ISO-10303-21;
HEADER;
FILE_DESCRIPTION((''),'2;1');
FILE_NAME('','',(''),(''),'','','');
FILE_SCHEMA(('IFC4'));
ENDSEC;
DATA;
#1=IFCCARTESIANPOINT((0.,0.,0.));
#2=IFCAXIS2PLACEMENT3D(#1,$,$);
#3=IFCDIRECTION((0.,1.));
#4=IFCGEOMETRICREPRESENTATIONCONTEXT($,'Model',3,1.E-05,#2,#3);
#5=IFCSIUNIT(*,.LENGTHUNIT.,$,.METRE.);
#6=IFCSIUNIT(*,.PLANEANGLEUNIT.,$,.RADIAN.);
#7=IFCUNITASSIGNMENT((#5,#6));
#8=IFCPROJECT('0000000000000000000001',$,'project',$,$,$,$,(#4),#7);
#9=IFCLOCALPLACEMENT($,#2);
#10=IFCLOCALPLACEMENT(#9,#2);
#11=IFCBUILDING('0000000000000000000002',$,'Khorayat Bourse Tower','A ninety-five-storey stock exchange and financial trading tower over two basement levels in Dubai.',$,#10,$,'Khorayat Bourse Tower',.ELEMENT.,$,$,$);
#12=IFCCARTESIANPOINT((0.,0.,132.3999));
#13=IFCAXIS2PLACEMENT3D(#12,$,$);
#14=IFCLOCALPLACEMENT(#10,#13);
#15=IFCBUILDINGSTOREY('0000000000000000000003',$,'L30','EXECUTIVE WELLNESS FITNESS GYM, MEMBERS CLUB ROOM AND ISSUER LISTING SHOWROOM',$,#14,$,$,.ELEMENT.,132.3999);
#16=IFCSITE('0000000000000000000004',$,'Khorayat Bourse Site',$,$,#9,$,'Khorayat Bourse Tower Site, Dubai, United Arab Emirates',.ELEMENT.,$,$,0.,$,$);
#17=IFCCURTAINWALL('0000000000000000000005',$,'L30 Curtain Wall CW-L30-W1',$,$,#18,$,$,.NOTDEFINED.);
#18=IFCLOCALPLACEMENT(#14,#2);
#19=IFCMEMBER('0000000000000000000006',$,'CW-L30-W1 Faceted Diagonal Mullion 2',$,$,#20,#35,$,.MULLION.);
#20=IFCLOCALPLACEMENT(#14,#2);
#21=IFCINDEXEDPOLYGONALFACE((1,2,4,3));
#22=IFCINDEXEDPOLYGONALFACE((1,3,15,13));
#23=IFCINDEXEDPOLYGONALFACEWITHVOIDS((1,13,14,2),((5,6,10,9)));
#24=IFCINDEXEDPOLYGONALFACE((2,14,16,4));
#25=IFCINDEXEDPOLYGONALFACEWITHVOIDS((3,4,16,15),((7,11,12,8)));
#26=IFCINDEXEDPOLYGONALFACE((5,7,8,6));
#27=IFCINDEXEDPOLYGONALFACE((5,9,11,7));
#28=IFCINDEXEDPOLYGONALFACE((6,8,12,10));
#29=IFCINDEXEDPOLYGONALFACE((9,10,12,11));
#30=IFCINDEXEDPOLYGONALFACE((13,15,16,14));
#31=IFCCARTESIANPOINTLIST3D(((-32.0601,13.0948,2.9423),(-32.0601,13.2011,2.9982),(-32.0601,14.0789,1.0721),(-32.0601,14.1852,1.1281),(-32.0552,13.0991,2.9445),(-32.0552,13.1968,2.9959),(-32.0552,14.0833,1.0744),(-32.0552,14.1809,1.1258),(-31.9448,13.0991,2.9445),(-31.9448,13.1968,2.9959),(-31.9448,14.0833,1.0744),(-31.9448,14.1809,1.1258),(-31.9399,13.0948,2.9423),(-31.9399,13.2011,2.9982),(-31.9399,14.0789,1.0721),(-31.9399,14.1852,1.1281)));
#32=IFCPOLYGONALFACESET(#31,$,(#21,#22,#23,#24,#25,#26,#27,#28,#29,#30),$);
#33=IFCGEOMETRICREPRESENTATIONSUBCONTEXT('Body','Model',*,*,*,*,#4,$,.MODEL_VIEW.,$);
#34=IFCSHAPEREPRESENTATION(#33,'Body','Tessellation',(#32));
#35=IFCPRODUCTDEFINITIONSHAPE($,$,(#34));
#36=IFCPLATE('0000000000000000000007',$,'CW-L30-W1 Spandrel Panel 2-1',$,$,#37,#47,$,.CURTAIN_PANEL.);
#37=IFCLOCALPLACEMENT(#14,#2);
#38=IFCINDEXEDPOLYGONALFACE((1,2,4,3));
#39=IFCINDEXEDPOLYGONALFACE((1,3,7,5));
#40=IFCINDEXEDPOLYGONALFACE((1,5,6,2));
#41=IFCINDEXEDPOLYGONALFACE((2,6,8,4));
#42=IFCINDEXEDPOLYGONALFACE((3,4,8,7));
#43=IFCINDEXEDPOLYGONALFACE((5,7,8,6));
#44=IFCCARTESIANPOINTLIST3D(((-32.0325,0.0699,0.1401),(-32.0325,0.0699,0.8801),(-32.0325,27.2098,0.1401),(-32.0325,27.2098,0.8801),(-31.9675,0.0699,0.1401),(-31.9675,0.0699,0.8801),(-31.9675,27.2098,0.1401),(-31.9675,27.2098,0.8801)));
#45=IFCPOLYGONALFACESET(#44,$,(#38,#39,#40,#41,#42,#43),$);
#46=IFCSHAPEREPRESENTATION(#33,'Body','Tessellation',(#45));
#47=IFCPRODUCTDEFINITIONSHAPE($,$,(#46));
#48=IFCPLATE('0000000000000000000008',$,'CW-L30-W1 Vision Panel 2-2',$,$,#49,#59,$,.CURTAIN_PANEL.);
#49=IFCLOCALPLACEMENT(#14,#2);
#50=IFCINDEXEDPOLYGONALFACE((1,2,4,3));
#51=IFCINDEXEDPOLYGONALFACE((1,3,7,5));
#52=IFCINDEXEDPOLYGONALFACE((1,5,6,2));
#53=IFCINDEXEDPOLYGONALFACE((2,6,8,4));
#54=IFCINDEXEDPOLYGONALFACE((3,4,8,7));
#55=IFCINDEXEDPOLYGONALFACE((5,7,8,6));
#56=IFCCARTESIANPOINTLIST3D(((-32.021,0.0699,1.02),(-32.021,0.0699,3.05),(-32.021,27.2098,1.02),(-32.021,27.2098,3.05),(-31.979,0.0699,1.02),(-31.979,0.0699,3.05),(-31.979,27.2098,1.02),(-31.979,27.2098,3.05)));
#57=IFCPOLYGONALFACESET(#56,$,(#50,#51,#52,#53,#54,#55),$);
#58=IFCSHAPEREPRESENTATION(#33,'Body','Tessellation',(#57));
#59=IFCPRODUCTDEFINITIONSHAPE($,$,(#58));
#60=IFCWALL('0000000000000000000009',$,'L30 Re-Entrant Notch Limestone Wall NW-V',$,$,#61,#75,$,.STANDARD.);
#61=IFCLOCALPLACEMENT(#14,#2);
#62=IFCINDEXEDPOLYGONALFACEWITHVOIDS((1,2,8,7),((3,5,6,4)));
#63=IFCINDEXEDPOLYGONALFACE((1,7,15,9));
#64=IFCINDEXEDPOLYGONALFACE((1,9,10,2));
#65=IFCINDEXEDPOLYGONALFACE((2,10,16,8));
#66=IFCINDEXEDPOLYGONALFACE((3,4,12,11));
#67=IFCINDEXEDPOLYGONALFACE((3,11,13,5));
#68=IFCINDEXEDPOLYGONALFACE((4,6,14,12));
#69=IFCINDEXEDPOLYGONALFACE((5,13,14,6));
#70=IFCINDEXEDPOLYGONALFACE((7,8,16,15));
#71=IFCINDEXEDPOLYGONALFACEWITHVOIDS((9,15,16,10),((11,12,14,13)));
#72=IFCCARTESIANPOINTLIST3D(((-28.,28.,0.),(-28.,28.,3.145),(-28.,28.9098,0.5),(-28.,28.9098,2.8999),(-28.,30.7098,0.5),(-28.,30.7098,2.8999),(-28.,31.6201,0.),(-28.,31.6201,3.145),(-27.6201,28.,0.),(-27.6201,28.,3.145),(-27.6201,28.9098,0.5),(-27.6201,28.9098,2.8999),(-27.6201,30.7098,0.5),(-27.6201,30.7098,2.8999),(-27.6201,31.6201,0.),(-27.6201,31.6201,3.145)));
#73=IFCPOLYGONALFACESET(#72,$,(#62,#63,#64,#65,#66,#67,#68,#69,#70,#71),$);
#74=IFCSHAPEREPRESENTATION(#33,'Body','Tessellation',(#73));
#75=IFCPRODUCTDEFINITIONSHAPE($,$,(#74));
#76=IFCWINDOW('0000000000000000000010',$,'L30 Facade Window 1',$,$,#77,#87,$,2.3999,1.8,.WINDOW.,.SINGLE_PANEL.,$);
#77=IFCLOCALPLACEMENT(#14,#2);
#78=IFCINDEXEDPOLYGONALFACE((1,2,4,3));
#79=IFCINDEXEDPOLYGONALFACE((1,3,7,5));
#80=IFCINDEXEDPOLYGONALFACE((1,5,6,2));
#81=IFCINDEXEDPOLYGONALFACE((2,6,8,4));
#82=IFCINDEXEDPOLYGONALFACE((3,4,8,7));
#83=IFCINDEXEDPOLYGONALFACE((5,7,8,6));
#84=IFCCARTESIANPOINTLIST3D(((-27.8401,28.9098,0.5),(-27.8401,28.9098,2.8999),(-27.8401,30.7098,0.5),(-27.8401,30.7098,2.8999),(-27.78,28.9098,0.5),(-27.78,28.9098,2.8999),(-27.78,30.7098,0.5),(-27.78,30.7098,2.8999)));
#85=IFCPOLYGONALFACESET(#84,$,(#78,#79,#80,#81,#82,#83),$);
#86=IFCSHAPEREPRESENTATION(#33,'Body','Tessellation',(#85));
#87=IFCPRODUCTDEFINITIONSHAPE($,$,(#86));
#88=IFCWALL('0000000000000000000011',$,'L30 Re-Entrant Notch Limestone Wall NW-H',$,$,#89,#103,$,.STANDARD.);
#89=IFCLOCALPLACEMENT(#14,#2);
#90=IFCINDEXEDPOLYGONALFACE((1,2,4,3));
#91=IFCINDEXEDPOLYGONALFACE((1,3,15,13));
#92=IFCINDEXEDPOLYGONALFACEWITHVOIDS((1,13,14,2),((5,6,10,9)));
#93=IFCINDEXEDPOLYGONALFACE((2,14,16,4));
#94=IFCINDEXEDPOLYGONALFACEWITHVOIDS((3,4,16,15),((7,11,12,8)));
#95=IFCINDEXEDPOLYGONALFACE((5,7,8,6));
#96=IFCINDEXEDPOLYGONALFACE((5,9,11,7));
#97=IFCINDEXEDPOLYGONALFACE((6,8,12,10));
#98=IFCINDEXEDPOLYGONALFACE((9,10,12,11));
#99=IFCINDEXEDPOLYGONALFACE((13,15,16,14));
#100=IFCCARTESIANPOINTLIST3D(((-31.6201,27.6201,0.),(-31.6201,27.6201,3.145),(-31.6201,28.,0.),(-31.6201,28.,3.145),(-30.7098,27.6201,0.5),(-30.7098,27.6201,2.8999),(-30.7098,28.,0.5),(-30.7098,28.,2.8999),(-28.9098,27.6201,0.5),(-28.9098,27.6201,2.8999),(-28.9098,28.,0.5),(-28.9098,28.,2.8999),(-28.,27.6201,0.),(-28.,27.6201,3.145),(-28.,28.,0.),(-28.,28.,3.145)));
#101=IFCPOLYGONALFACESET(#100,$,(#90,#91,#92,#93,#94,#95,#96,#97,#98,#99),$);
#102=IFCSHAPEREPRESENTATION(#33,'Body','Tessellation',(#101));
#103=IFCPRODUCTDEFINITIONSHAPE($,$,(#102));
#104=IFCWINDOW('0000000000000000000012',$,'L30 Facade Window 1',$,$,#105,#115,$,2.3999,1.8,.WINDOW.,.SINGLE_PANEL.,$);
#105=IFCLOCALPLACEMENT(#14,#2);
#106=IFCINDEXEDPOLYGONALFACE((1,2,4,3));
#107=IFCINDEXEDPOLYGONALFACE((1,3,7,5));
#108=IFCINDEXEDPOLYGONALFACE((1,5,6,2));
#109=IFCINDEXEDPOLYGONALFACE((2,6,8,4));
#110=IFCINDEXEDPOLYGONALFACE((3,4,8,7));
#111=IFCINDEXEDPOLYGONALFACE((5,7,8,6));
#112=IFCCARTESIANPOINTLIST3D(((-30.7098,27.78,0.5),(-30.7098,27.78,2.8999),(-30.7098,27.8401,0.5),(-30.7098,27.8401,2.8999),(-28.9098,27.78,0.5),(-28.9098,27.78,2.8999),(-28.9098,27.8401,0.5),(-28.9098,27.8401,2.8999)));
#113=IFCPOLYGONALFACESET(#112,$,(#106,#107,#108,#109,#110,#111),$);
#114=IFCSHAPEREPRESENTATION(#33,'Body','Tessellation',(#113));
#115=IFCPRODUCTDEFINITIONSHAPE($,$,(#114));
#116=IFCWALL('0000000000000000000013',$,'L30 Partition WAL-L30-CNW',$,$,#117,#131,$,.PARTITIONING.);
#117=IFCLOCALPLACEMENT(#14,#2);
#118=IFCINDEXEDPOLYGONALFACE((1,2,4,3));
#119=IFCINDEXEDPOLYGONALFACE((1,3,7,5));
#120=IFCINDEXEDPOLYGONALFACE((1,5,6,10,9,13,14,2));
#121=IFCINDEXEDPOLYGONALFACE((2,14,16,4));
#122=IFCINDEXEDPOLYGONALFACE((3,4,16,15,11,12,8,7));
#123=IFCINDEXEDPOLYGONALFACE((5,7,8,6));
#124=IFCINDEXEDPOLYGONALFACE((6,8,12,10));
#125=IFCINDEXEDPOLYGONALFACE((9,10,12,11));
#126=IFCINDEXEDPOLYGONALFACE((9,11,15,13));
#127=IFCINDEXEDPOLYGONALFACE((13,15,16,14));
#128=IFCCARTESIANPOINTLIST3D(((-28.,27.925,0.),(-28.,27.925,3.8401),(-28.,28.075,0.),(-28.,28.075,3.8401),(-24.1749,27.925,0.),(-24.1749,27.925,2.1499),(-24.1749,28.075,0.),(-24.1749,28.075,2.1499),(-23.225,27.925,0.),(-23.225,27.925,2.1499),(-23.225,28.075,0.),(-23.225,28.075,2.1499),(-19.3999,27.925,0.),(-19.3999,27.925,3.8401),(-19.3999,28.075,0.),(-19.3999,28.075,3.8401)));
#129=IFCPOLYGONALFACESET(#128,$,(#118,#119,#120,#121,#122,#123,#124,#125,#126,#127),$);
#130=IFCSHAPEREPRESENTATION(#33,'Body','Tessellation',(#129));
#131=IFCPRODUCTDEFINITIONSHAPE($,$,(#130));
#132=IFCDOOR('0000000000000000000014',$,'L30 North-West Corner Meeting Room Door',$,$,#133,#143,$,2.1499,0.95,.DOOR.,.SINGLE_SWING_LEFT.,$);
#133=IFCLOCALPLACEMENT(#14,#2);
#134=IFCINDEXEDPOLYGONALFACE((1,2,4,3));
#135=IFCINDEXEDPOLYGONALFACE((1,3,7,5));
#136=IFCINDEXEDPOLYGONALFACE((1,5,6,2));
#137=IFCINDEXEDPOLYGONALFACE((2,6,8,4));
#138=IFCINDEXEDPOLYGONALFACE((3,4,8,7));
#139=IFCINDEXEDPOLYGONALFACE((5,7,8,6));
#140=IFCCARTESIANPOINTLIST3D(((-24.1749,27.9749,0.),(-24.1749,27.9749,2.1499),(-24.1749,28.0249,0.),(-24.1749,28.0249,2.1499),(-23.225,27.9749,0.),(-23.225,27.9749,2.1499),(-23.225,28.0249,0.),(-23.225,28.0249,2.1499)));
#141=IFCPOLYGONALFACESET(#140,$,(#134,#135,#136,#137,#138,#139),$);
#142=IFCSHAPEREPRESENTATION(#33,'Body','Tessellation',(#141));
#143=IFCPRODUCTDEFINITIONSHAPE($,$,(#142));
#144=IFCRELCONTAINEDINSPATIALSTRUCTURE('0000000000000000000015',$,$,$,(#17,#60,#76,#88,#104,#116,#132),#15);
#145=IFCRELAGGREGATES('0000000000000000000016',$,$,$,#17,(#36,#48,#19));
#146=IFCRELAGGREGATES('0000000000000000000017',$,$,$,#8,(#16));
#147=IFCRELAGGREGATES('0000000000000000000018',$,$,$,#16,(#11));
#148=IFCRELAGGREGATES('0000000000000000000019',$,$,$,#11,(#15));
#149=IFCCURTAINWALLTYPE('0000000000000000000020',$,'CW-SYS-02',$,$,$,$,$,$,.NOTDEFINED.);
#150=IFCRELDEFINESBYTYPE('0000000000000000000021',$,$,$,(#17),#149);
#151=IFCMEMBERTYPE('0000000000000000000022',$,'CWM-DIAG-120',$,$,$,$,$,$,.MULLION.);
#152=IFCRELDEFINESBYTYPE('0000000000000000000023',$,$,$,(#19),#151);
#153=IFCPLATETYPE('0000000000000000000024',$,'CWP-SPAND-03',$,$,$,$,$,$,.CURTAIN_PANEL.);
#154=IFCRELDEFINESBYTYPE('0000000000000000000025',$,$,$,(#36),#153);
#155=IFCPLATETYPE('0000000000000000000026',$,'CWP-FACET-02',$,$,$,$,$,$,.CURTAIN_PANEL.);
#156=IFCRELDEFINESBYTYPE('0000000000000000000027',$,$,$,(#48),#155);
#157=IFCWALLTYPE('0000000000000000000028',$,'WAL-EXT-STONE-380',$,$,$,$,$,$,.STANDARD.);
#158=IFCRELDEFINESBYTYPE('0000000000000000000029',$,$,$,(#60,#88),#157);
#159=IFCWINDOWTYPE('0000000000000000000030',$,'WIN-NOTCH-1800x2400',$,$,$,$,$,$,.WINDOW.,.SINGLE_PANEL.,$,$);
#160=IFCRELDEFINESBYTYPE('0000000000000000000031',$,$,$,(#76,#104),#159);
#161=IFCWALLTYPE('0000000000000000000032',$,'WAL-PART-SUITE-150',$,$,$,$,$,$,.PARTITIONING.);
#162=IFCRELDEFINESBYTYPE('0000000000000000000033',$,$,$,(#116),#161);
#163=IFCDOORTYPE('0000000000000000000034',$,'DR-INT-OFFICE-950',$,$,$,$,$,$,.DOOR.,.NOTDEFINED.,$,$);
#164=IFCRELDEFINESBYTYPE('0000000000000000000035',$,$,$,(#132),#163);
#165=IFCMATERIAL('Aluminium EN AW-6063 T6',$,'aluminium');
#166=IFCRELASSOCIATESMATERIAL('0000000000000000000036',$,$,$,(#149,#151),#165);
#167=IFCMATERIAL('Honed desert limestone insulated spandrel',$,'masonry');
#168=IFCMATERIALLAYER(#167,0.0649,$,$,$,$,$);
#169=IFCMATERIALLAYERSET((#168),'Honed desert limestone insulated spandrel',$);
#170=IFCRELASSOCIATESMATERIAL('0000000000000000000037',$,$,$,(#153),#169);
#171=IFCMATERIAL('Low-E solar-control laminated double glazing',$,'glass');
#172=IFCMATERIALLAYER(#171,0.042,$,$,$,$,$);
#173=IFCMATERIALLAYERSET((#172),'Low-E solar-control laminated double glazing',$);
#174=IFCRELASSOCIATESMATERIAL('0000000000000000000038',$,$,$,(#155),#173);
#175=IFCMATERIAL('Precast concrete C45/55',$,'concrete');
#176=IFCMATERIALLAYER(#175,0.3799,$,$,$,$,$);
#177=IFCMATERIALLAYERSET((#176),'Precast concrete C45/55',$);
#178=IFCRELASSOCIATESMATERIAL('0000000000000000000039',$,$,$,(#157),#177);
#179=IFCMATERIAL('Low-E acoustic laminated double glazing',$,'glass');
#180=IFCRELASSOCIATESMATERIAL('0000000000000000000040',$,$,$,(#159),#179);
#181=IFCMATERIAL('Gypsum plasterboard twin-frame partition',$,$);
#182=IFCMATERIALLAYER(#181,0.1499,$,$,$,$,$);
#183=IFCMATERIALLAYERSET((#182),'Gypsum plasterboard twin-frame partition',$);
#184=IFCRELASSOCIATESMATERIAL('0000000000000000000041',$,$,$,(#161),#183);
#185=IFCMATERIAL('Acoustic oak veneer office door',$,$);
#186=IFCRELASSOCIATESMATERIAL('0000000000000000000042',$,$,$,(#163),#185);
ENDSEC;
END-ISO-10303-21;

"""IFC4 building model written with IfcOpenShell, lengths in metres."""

from ifc_helpers import new_model, si_unit, direction, frame, frame_2d, origin, origin_2d, place, context, subcontext, project, spatial, rectangle, hollow_rectangle, extrude, source, transform, mapped, material, layer, layer_set, material_profile, profile_set, type_object, element, fill, aggregate, save


model = new_model("IFC4")

# Units and contexts
model_context = context("Model", 3, precision=1e-05, world=origin(), true_north=direction((0.0, 1.0)))
body_context = subcontext(model_context, "Body", "Model", "MODEL_VIEW")
ifc_project = project(units=[si_unit("LENGTHUNIT", "METRE"), si_unit("PLANEANGLEUNIT", "RADIAN")], contexts=[model_context])

# Site, building, storey
site_placement = place(None, origin())
site = spatial("IfcSite", under=ifc_project, at=site_placement, Name="Khorayat Bourse Site", LongName="Khorayat Bourse Tower Site, Dubai, United Arab Emirates", CompositionType="ELEMENT", RefElevation=0.0)
building_placement = place(site_placement, origin())
building = spatial("IfcBuilding", under=site, at=building_placement, Name="Khorayat Bourse Tower", Description="A ninety-five-storey stock exchange and financial trading tower over two basement levels in Dubai.", LongName="Khorayat Bourse Tower", CompositionType="ELEMENT")
storey_placement = place(building_placement, frame((0.0, 0.0, 132.3999)))
storey = spatial("IfcBuildingStorey", under=building, at=storey_placement, Name="L30", Description="EXECUTIVE WELLNESS FITNESS GYM, MEMBERS CLUB ROOM AND ISSUER LISTING SHOWROOM", CompositionType="ELEMENT", Elevation=132.3999)

# Curtain wall
ifc_material_1 = material(Name="Aluminium EN AW-6063 T6", Category="aluminium")
curtain_wall_type = type_object("IfcCurtainWallType", Name="CW-SYS-02", PredefinedType="NOTDEFINED", material=ifc_material_1)
curtain_wall_1_placement = place(storey_placement, origin())
curtain_wall_1 = element("IfcCurtainWall", 1, at=curtain_wall_1_placement, inside=storey, type_object=curtain_wall_type, Name="L30 Curtain Wall CW-L30-W1", PredefinedType="NOTDEFINED")

# Member
ifc_material_profile_1 = material_profile(ifc_material_1, hollow_rectangle(XDim=0.1201, YDim=0.1201, WallThickness=0.0049, at=origin_2d()), Name="ALU 120x120x5")
ifc_profile_set_1 = profile_set([ifc_material_profile_1], Name="Aluminium EN AW-6063 T6")
member_type_1 = type_object("IfcMemberType", Name="CWM-DIAG-120", PredefinedType="MULLION", material=ifc_profile_set_1)
shared_shape_1 = source(origin(), body_context, "Body", "SweptSolid", [
    extrude(hollow_rectangle(XDim=0.1201, YDim=0.1201, WallThickness=0.0049, at=origin_2d()), origin(), (0.0, 0.0, 1.0), 2.1133),
])
member_1_placement = place(storey_placement, frame((-32.0, 14.1321, 1.1001), z_axis=(0.0, -0.465694, 0.884946), x_axis=(1.0, 0.0, 0.0)))
member_1 = element("IfcMember", 2, at=member_1_placement, type_object=member_type_1, Name="CW-L30-W1 Faceted Diagonal Mullion 2", PredefinedType="MULLION", context=body_context, shape_type="MappedRepresentation", body=[
    mapped(shared_shape_1, transform((0.0, 0.0, 0.0), scale=1.0)),
])

# Plates
ifc_material_2 = material(Name="Honed desert limestone insulated spandrel", Category="masonry")
ifc_layer_1 = layer(ifc_material_2, 0.0649)
ifc_layer_set_1 = layer_set([ifc_layer_1], Name="Honed desert limestone insulated spandrel")
plate_type_1 = type_object("IfcPlateType", Name="CWP-SPAND-03", PredefinedType="CURTAIN_PANEL", material=ifc_layer_set_1)
shared_shape_2 = source(origin(), body_context, "Body", "SweptSolid", [
    extrude(rectangle(XDim=27.1399, YDim=0.0649, at=origin_2d()), origin(), (0.0, 0.0, 1.0), 0.74),
])
plate_1_placement = place(storey_placement, frame((-32.0, 13.6399, 0.1401), z_axis=(0.0, 0.0, 1.0), x_axis=(0.0, 1.0, 0.0)))
plate_1 = element("IfcPlate", 3, at=plate_1_placement, type_object=plate_type_1, Name="CW-L30-W1 Spandrel Panel 2-1", PredefinedType="CURTAIN_PANEL", context=body_context, shape_type="MappedRepresentation", body=[
    mapped(shared_shape_2, transform((0.0, 0.0, 0.0), scale=1.0)),
])
ifc_material_3 = material(Name="Low-E solar-control laminated double glazing", Category="glass")
ifc_layer_2 = layer(ifc_material_3, 0.042)
ifc_layer_set_2 = layer_set([ifc_layer_2], Name="Low-E solar-control laminated double glazing")
plate_type_2 = type_object("IfcPlateType", Name="CWP-FACET-02", PredefinedType="CURTAIN_PANEL", material=ifc_layer_set_2)
shared_shape_3 = source(origin(), body_context, "Body", "SweptSolid", [
    extrude(rectangle(XDim=27.1399, YDim=0.042, at=origin_2d()), origin(), (0.0, 0.0, 1.0), 2.03),
])
plate_2_placement = place(storey_placement, frame((-32.0, 13.6399, 1.02), z_axis=(0.0, 0.0, 1.0), x_axis=(0.0, 1.0, 0.0)))
plate_2 = element("IfcPlate", 4, at=plate_2_placement, type_object=plate_type_2, Name="CW-L30-W1 Vision Panel 2-2", PredefinedType="CURTAIN_PANEL", context=body_context, shape_type="MappedRepresentation", body=[
    mapped(shared_shape_3, transform((0.0, 0.0, 0.0), scale=1.0)),
])
aggregate(curtain_wall_1, [plate_1, plate_2, member_1])

# Walls, openings, windows
ifc_material_4 = material(Name="Precast concrete C45/55", Category="concrete")
ifc_layer_3 = layer(ifc_material_4, 0.3799)
ifc_layer_set_3 = layer_set([ifc_layer_3], Name="Precast concrete C45/55")
wall_type_1 = type_object("IfcWallType", Name="WAL-EXT-STONE-380", PredefinedType="STANDARD", material=ifc_layer_set_3)
shared_shape_4 = source(origin(), body_context, "Body", "SweptSolid", [
    extrude(rectangle(XDim=3.6201, YDim=0.3799, at=frame_2d((1.8101, 0.0))), origin(), (0.0, 0.0, 1.0), 3.145),
])
wall_1_placement = place(storey_placement, frame((-27.8101, 28.0, 0.0), z_axis=(0.0, 0.0, 1.0), x_axis=(0.0, 1.0, 0.0)))
wall_1 = element("IfcWall", 5, at=wall_1_placement, inside=storey, type_object=wall_type_1, Name="L30 Re-Entrant Notch Limestone Wall NW-V", PredefinedType="STANDARD", context=body_context, shape_type="MappedRepresentation", body=[
    mapped(shared_shape_4, transform((0.0, 0.0, 0.0), scale=1.0)),
])
shared_shape_5 = source(origin(), body_context, "Body", "SweptSolid", [
    extrude(rectangle(XDim=1.8, YDim=2.3999, at=frame_2d((0.8999, 1.2))), frame((0.0, 0.2, 0.0), z_axis=(0.0, -1.0, 0.0), x_axis=(1.0, 0.0, 0.0)), (0.0, 0.0, 1.0), 0.3999),
])
opening_1_placement = place(wall_1_placement, frame((0.9099, 0.0, 0.5)))
opening_1 = element("IfcOpeningElement", 6, at=opening_1_placement, cuts=wall_1, PredefinedType="OPENING", context=body_context, shape_type="MappedRepresentation", body=[
    mapped(shared_shape_5, transform((0.0, 0.0, 0.0), scale=1.0)),
])
ifc_material_5 = material(Name="Low-E acoustic laminated double glazing", Category="glass")
window_type = type_object("IfcWindowType", Name="WIN-NOTCH-1800x2400", PartitioningType="SINGLE_PANEL", PredefinedType="WINDOW", material=ifc_material_5)
shared_shape_6 = source(origin(), body_context, "Body", "SweptSolid", [
    extrude(rectangle(XDim=1.8, YDim=2.3999, at=frame_2d((0.8999, 1.2))), frame((0.0, 0.03, 0.0), z_axis=(0.0, -1.0, 0.0), x_axis=(1.0, 0.0, 0.0)), (0.0, 0.0, 1.0), 0.0601),
])
window_1_placement = place(opening_1_placement, origin())
window_1 = element("IfcWindow", 7, at=window_1_placement, inside=storey, type_object=window_type, Name="L30 Facade Window 1", OverallHeight=2.3999, OverallWidth=1.8, PartitioningType="SINGLE_PANEL", PredefinedType="WINDOW", context=body_context, shape_type="MappedRepresentation", body=[
    mapped(shared_shape_6, transform((0.0, 0.0, 0.0), scale=1.0)),
])
fill(opening_1, window_1)
wall_2_placement = place(storey_placement, frame((-28.0, 27.8101, 0.0), z_axis=(0.0, 0.0, 1.0), x_axis=(-1.0, 0.0, 0.0)))
wall_2 = element("IfcWall", 8, at=wall_2_placement, inside=storey, type_object=wall_type_1, Name="L30 Re-Entrant Notch Limestone Wall NW-H", PredefinedType="STANDARD", context=body_context, shape_type="MappedRepresentation", body=[
    mapped(shared_shape_4, transform((0.0, 0.0, 0.0), scale=1.0)),
])
opening_2_placement = place(wall_2_placement, frame((0.9099, 0.0, 0.5)))
opening_2 = element("IfcOpeningElement", 9, at=opening_2_placement, cuts=wall_2, PredefinedType="OPENING", context=body_context, shape_type="MappedRepresentation", body=[
    mapped(shared_shape_5, transform((0.0, 0.0, 0.0), scale=1.0)),
])
window_2_placement = place(opening_2_placement, origin())
window_2 = element("IfcWindow", 10, at=window_2_placement, inside=storey, type_object=window_type, Name="L30 Facade Window 1", OverallHeight=2.3999, OverallWidth=1.8, PartitioningType="SINGLE_PANEL", PredefinedType="WINDOW", context=body_context, shape_type="MappedRepresentation", body=[
    mapped(shared_shape_6, transform((0.0, 0.0, 0.0), scale=1.0)),
])
fill(opening_2, window_2)

# Wall, opening, door
ifc_material_6 = material(Name="Gypsum plasterboard twin-frame partition")
ifc_layer_4 = layer(ifc_material_6, 0.1499)
ifc_layer_set_4 = layer_set([ifc_layer_4], Name="Gypsum plasterboard twin-frame partition")
wall_type_2 = type_object("IfcWallType", Name="WAL-PART-SUITE-150", PredefinedType="PARTITIONING", material=ifc_layer_set_4)
shared_shape_7 = source(origin(), body_context, "Body", "SweptSolid", [
    extrude(rectangle(XDim=8.6001, YDim=0.1499, at=frame_2d((4.3, 0.0))), origin(), (0.0, 0.0, 1.0), 3.8401),
])
wall_3_placement = place(storey_placement, frame((-28.0, 28.0, 0.0), z_axis=(0.0, 0.0, 1.0), x_axis=(1.0, 0.0, 0.0)))
wall_3 = element("IfcWall", 11, at=wall_3_placement, inside=storey, type_object=wall_type_2, Name="L30 Partition WAL-L30-CNW", PredefinedType="PARTITIONING", context=body_context, shape_type="MappedRepresentation", body=[
    mapped(shared_shape_7, transform((0.0, 0.0, 0.0), scale=1.0)),
])
shared_shape_8 = source(origin(), body_context, "Body", "SweptSolid", [
    extrude(rectangle(XDim=0.95, YDim=2.1499, at=frame_2d((0.4751, 1.075))), frame((0.0, 0.085, 0.0), z_axis=(0.0, -1.0, 0.0), x_axis=(1.0, 0.0, 0.0)), (0.0, 0.0, 1.0), 0.1699),
])
opening_3_placement = place(wall_3_placement, frame((3.825, 0.0, 0.0)))
opening_3 = element("IfcOpeningElement", 12, at=opening_3_placement, cuts=wall_3, PredefinedType="OPENING", context=body_context, shape_type="MappedRepresentation", body=[
    mapped(shared_shape_8, transform((0.0, 0.0, 0.0), scale=1.0)),
])
ifc_material_7 = material(Name="Acoustic oak veneer office door")
door_type = type_object("IfcDoorType", Name="DR-INT-OFFICE-950", OperationType="NOTDEFINED", PredefinedType="DOOR", material=ifc_material_7)
shared_shape_9 = source(origin(), body_context, "Body", "SweptSolid", [
    extrude(rectangle(XDim=0.95, YDim=2.1499, at=frame_2d((0.4751, 1.075))), frame((0.0, 0.0249, 0.0), z_axis=(0.0, -1.0, 0.0), x_axis=(1.0, 0.0, 0.0)), (0.0, 0.0, 1.0), 0.05),
])
door_placement = place(opening_3_placement, origin())
door = element("IfcDoor", 13, at=door_placement, inside=storey, type_object=door_type, Name="L30 North-West Corner Meeting Room Door", OperationType="SINGLE_SWING_LEFT", OverallHeight=2.1499, OverallWidth=0.95, PredefinedType="DOOR", context=body_context, shape_type="MappedRepresentation", body=[
    mapped(shared_shape_9, transform((0.0, 0.0, 0.0), scale=1.0)),
])
fill(opening_3, door)

save(model, "model.ifc")
